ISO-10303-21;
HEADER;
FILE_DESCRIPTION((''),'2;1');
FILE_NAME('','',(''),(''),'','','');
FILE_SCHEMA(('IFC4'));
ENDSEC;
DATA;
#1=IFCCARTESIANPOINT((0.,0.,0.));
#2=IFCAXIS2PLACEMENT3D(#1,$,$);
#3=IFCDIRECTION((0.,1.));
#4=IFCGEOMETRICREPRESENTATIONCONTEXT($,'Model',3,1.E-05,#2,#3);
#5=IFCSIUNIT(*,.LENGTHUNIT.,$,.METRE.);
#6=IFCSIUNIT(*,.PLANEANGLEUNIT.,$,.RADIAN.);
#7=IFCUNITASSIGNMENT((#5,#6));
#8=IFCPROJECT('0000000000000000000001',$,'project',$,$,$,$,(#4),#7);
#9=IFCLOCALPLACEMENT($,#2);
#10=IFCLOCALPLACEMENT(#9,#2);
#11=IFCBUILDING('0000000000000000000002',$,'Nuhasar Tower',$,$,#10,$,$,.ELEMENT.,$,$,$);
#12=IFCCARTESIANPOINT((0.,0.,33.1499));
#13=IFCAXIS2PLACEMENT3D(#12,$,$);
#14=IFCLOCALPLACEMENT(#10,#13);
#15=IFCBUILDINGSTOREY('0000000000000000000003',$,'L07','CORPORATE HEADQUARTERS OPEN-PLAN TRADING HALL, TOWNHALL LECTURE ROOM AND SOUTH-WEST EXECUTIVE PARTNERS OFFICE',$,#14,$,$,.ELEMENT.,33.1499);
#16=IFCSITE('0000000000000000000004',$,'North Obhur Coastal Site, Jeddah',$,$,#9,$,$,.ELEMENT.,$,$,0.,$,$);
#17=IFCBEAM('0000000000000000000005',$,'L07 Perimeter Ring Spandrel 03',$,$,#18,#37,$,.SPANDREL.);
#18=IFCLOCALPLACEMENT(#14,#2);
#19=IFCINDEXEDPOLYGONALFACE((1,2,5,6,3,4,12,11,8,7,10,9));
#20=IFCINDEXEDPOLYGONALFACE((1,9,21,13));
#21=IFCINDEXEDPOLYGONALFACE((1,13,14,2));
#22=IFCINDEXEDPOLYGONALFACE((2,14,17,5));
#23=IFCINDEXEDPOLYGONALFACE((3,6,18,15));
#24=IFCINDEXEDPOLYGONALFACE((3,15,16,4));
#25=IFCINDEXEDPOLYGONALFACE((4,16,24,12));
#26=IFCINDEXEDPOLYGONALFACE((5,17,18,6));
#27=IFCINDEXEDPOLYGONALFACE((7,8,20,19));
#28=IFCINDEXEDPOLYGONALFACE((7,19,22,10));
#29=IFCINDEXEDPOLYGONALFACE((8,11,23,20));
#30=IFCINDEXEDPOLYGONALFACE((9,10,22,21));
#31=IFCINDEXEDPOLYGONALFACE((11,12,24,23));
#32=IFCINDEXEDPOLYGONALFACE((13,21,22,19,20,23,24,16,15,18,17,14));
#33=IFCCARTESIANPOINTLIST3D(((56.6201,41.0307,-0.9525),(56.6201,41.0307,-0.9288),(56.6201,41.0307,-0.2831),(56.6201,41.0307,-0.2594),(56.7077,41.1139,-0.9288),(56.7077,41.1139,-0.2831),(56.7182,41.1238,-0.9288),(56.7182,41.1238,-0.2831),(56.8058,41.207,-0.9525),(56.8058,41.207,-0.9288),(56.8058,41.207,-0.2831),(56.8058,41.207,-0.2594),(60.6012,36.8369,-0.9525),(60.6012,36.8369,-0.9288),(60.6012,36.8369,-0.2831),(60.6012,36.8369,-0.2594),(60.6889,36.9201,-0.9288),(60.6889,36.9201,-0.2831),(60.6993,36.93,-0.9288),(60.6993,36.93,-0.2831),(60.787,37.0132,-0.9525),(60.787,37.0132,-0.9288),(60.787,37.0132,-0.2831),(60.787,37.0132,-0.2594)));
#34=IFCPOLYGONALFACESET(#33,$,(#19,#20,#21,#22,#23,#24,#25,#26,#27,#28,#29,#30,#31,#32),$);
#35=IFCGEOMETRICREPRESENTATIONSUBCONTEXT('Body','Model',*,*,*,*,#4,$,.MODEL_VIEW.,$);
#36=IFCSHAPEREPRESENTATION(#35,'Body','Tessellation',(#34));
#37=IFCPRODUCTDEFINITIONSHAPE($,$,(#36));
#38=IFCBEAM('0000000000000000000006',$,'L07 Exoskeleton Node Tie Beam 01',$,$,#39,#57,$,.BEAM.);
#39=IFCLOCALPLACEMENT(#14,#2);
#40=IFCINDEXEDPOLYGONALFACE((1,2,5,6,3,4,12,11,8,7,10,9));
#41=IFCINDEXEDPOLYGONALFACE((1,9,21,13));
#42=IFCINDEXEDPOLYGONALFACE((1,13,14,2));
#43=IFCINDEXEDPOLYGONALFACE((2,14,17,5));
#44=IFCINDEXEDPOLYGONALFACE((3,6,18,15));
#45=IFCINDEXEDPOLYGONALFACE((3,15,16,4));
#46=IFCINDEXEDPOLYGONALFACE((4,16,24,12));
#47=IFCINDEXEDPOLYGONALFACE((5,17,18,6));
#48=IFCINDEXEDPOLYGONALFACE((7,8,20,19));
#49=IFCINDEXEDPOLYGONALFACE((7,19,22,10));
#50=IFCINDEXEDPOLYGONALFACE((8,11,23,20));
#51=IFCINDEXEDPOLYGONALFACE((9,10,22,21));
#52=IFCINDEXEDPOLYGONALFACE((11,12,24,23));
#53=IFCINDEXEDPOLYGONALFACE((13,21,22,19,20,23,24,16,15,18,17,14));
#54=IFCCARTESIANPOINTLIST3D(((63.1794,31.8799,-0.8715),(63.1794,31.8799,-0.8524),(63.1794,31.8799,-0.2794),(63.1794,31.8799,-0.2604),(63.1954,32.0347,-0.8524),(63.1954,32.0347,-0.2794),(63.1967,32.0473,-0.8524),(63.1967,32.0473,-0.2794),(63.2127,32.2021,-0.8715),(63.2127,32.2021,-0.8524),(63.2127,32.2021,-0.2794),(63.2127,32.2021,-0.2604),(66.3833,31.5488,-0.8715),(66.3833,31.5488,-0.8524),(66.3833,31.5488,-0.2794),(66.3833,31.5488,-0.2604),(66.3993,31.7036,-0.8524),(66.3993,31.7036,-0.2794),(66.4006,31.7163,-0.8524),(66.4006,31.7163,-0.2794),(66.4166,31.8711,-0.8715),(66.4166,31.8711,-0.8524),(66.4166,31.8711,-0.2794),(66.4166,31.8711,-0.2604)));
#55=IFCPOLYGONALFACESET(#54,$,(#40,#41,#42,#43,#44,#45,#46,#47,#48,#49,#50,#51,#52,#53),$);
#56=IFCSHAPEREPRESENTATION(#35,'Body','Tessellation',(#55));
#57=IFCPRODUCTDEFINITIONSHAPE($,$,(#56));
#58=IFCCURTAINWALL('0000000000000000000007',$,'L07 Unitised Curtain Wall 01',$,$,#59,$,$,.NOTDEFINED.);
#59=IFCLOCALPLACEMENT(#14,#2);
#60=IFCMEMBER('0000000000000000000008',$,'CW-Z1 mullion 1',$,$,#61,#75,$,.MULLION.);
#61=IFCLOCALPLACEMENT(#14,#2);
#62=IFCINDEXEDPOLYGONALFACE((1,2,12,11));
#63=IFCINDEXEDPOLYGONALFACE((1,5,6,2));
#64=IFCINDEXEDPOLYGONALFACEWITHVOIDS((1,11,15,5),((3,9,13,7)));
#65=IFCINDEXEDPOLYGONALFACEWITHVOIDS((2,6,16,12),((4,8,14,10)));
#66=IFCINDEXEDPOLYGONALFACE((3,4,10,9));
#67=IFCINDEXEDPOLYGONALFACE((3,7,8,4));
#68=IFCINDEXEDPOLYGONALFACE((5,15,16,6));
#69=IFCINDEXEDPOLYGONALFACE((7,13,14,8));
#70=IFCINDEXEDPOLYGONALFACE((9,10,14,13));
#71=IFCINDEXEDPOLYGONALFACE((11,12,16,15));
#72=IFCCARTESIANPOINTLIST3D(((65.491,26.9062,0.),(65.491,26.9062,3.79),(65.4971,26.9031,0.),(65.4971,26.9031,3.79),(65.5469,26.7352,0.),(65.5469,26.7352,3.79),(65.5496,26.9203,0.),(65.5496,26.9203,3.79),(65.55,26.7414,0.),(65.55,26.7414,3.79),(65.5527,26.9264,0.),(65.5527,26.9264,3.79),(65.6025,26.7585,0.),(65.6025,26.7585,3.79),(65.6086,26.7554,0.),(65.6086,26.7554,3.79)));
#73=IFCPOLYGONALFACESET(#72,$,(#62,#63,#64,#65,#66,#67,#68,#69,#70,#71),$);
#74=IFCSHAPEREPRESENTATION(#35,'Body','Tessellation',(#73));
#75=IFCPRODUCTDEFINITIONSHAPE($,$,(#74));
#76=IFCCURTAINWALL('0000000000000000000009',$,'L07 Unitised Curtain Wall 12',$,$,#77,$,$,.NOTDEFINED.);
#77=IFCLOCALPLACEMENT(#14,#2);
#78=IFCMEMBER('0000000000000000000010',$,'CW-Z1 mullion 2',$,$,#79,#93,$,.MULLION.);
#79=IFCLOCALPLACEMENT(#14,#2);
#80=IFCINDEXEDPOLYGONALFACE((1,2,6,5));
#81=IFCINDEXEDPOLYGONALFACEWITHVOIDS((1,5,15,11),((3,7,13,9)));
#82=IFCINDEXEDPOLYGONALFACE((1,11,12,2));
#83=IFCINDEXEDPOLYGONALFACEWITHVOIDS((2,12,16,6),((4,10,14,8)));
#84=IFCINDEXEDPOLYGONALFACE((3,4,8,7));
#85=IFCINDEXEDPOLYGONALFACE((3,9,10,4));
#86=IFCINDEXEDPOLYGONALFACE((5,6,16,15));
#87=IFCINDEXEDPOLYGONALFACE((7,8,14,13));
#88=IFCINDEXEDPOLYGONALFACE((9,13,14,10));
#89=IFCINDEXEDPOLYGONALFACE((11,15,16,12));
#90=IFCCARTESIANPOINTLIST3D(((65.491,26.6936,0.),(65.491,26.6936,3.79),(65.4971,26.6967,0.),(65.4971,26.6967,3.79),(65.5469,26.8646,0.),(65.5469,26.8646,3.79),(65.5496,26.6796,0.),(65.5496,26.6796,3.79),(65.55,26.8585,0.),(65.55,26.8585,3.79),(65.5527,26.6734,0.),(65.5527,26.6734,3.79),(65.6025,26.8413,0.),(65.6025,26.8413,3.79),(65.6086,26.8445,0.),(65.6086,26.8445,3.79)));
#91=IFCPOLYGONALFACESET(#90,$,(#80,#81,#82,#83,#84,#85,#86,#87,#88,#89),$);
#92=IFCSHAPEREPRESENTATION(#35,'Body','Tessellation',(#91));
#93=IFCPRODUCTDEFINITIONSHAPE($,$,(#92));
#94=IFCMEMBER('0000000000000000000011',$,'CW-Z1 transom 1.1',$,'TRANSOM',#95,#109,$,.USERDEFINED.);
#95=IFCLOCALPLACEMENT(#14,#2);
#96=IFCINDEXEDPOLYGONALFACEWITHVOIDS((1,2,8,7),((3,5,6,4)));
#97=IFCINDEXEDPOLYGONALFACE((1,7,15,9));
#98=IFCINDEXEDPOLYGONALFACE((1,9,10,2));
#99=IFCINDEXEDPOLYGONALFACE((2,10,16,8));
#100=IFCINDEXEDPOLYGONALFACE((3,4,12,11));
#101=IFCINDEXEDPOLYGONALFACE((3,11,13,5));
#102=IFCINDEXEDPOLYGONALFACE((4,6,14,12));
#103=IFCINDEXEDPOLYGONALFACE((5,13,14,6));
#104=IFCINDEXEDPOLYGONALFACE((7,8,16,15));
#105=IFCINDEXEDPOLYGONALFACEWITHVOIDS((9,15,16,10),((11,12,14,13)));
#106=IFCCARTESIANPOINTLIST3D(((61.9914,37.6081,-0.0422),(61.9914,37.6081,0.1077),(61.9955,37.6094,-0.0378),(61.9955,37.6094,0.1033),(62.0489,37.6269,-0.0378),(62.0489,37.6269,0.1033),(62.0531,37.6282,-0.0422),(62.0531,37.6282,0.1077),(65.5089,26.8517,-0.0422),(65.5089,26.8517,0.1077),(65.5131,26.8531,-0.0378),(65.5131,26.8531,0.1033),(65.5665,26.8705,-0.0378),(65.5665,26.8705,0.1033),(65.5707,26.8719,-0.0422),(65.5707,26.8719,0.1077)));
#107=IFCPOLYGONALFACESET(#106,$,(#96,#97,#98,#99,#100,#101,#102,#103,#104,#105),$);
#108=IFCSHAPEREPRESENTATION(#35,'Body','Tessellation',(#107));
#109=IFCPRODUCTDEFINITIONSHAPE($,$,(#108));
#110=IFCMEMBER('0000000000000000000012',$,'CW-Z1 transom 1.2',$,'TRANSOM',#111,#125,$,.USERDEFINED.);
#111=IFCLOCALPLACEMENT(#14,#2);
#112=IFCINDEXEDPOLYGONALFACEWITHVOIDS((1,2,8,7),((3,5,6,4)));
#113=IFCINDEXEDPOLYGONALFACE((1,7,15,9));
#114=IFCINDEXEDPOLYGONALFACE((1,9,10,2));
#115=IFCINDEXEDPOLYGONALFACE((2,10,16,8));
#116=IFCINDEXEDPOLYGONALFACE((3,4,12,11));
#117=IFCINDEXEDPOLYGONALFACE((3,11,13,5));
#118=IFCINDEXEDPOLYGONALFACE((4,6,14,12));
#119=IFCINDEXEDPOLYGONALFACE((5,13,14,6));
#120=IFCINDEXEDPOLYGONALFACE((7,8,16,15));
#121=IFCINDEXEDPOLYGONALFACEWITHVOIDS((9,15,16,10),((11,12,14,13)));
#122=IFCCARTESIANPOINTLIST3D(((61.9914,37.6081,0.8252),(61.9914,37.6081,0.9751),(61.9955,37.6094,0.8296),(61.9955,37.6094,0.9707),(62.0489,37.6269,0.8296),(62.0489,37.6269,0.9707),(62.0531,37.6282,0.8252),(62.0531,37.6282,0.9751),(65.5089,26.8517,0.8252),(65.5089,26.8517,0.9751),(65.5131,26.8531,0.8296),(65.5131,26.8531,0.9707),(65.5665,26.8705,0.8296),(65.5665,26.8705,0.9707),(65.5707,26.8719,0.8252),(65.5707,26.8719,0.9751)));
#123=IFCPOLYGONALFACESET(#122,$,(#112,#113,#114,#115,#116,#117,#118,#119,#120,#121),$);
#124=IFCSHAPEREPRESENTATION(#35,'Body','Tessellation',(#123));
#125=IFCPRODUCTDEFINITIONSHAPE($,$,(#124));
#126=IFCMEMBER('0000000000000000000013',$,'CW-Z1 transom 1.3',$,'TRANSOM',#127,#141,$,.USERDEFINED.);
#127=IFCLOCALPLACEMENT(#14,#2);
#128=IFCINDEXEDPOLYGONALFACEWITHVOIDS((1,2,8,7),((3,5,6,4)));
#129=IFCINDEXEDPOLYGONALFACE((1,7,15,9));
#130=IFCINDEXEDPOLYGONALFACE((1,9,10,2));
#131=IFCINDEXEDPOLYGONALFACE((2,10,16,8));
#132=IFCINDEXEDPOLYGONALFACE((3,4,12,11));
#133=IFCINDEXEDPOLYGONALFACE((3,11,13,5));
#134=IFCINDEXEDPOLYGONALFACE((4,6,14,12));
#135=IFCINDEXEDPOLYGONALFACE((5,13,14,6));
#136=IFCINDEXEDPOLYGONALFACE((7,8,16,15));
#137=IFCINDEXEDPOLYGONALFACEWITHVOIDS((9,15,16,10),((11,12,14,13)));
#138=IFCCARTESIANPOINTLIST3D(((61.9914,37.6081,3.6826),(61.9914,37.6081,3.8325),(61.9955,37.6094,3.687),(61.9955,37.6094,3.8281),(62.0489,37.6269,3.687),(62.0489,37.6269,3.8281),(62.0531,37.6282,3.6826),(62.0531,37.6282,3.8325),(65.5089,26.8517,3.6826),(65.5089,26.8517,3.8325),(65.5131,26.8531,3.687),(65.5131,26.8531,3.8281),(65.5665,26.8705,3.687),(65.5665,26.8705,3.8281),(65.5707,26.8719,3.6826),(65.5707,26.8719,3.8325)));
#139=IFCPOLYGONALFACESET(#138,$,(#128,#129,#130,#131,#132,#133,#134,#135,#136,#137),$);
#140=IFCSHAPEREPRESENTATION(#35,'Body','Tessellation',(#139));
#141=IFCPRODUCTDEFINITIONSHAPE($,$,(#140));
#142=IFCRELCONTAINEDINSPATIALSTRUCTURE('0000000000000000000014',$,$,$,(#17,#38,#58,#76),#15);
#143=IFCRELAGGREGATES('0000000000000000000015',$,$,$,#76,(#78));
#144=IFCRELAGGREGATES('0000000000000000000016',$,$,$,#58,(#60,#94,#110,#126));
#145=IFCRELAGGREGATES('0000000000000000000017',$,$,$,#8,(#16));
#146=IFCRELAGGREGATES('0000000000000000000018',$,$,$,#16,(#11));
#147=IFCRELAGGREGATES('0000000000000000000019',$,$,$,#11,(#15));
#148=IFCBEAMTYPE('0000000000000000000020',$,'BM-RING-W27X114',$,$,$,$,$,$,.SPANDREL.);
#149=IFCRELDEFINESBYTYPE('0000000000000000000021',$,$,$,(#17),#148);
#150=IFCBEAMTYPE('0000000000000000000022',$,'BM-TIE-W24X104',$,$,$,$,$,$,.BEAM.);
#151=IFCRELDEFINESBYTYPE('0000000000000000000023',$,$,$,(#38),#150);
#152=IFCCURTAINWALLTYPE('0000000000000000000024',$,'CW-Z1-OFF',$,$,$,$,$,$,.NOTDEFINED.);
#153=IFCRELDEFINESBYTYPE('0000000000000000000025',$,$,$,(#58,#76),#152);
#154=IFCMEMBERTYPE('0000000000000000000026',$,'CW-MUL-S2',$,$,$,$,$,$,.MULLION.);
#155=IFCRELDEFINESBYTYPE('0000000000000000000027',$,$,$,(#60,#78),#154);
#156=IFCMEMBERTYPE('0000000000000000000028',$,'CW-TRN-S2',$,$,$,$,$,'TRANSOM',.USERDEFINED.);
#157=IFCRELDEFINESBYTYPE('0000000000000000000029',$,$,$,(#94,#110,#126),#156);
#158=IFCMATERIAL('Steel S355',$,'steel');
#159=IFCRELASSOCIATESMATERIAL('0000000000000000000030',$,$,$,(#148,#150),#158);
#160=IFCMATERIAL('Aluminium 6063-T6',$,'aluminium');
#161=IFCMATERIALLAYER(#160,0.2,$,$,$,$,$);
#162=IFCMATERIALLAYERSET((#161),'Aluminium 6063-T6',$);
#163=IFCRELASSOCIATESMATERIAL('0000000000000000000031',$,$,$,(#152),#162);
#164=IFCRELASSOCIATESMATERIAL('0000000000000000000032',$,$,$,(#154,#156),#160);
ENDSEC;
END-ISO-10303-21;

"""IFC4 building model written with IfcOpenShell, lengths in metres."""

from ifc_helpers import new_model, si_unit, direction, frame, origin, origin_2d, place, context, subcontext, project, spatial, hollow_rectangle, i_section, extrude, material, layer, layer_set, material_profile, profile_set, type_object, element, aggregate, save


model = new_model("IFC4")

# Units and contexts
model_context = context("Model", 3, precision=1e-05, world=origin(), true_north=direction((0.0, 1.0)))
body_context = subcontext(model_context, "Body", "Model", "MODEL_VIEW")
ifc_project = project(units=[si_unit("LENGTHUNIT", "METRE"), si_unit("PLANEANGLEUNIT", "RADIAN")], contexts=[model_context])

# Site, building, storey
site_placement = place(None, origin())
site = spatial("IfcSite", under=ifc_project, at=site_placement, Name="North Obhur Coastal Site, Jeddah", CompositionType="ELEMENT", RefElevation=0.0)
building_placement = place(site_placement, origin())
building = spatial("IfcBuilding", under=site, at=building_placement, Name="Nuhasar Tower", CompositionType="ELEMENT")
storey_placement = place(building_placement, frame((0.0, 0.0, 33.1499)))
storey = spatial("IfcBuildingStorey", under=building, at=storey_placement, Name="L07", Description="CORPORATE HEADQUARTERS OPEN-PLAN TRADING HALL, TOWNHALL LECTURE ROOM AND SOUTH-WEST EXECUTIVE PARTNERS OFFICE", CompositionType="ELEMENT", Elevation=33.1499)

# Beams
ifc_material_1 = material(Name="Steel S355", Category="steel")
ifc_material_profile_1 = material_profile(ifc_material_1, i_section(OverallWidth=0.2561, OverallDepth=0.6931, WebThickness=0.0144, FlangeThickness=0.0237, at=origin_2d()), Name="W27X114")
ifc_profile_set_1 = profile_set([ifc_material_profile_1], Name="Steel S355")
beam_type_1 = type_object("IfcBeamType", Name="BM-RING-W27X114", PredefinedType="SPANDREL", material=ifc_profile_set_1)
beam_1_placement = place(storey_placement, frame((60.6941, 36.925, -0.606), z_axis=(-0.688481, 0.725254, 0.0), x_axis=(-0.725254, -0.688481, 0.0)))
element("IfcBeam", 1, at=beam_1_placement, inside=storey, type_object=beam_type_1, Name="L07 Perimeter Ring Spandrel 03", PredefinedType="SPANDREL", context=body_context, shape_type="SweptSolid", body=[
    extrude(i_section(OverallWidth=0.2561, OverallDepth=0.6931, WebThickness=0.0144, FlangeThickness=0.0237, at=origin_2d()), origin(), (0.0, 0.0, 1.0), 5.7825),
])
ifc_material_profile_2 = material_profile(ifc_material_1, i_section(OverallWidth=0.324, OverallDepth=0.6111, WebThickness=0.0127, FlangeThickness=0.019, at=origin_2d()), Name="W24X104")
ifc_profile_set_2 = profile_set([ifc_material_profile_2], Name="Steel S355")
beam_type_2 = type_object("IfcBeamType", Name="BM-TIE-W24X104", PredefinedType="BEAM", material=ifc_profile_set_2)
beam_2_placement = place(storey_placement, frame((63.196, 32.041, -0.5659), z_axis=(0.994704, -0.102783, 0.0), x_axis=(0.102783, 0.994704, 0.0)))
element("IfcBeam", 2, at=beam_2_placement, inside=storey, type_object=beam_type_2, Name="L07 Exoskeleton Node Tie Beam 01", PredefinedType="BEAM", context=body_context, shape_type="SweptSolid", body=[
    extrude(i_section(OverallWidth=0.324, OverallDepth=0.6111, WebThickness=0.0127, FlangeThickness=0.019, at=origin_2d()), origin(), (0.0, 0.0, 1.0), 3.2209),
])

# Curtain walls, members
ifc_material_2 = material(Name="Aluminium 6063-T6", Category="aluminium")
ifc_layer_1 = layer(ifc_material_2, 0.2)
ifc_layer_set_1 = layer_set([ifc_layer_1], Name="Aluminium 6063-T6")
curtain_wall_type = type_object("IfcCurtainWallType", Name="CW-Z1-OFF", PredefinedType="NOTDEFINED", material=ifc_layer_set_1)
curtain_wall_1_placement = place(storey_placement, origin())
curtain_wall_1 = element("IfcCurtainWall", 3, at=curtain_wall_1_placement, inside=storey, type_object=curtain_wall_type, Name="L07 Unitised Curtain Wall 01", PredefinedType="NOTDEFINED")
ifc_material_profile_3 = material_profile(ifc_material_2, hollow_rectangle(XDim=0.0649, YDim=0.1799, WallThickness=0.0049, at=origin_2d()), Name="CWM-2")
ifc_profile_set_3 = profile_set([ifc_material_profile_3], Name="Aluminium 6063-T6")
member_type_1 = type_object("IfcMemberType", Name="CW-MUL-S2", PredefinedType="MULLION", material=ifc_profile_set_3)
member_1_placement = place(storey_placement, frame((65.5498, 26.8308, 0.0), z_axis=(0.0, 0.0, 1.0), x_axis=(-0.950468, -0.310824, 0.0)))
member_1 = element("IfcMember", 4, at=member_1_placement, type_object=member_type_1, Name="CW-Z1 mullion 1", PredefinedType="MULLION", context=body_context, shape_type="SweptSolid", body=[
    extrude(hollow_rectangle(XDim=0.0649, YDim=0.1799, WallThickness=0.0049, at=origin_2d()), origin(), (0.0, 0.0, 1.0), 3.79),
])
curtain_wall_2_placement = place(storey_placement, origin())
curtain_wall_2 = element("IfcCurtainWall", 5, at=curtain_wall_2_placement, inside=storey, type_object=curtain_wall_type, Name="L07 Unitised Curtain Wall 12", PredefinedType="NOTDEFINED")
member_2_placement = place(storey_placement, frame((65.5498, 26.769, 0.0), z_axis=(0.0, 0.0, 1.0), x_axis=(-0.950468, 0.310824, 0.0)))
member_2 = element("IfcMember", 6, at=member_2_placement, type_object=member_type_1, Name="CW-Z1 mullion 2", PredefinedType="MULLION", context=body_context, shape_type="SweptSolid", body=[
    extrude(hollow_rectangle(XDim=0.0649, YDim=0.1799, WallThickness=0.0049, at=origin_2d()), origin(), (0.0, 0.0, 1.0), 3.79),
])
aggregate(curtain_wall_2, [member_2])

# Members
ifc_material_profile_4 = material_profile(ifc_material_2, hollow_rectangle(XDim=0.0649, YDim=0.1499, WallThickness=0.0044, at=origin_2d()), Name="CWT-2")
ifc_profile_set_4 = profile_set([ifc_material_profile_4], Name="Aluminium 6063-T6")
member_type_2 = type_object("IfcMemberType", Name="CW-TRN-S2", ElementType="TRANSOM", PredefinedType="USERDEFINED", material=ifc_profile_set_4)
member_3_placement = place(storey_placement, frame((65.5398, 26.8618, 0.0327), z_axis=(-0.310825, 0.950467, 0.0), x_axis=(-0.950467, -0.310825, 0.0)))
member_3 = element("IfcMember", 7, at=member_3_placement, type_object=member_type_2, Name="CW-Z1 transom 1.1", ObjectType="TRANSOM", PredefinedType="USERDEFINED", context=body_context, shape_type="SweptSolid", body=[
    extrude(hollow_rectangle(XDim=0.0649, YDim=0.1499, WallThickness=0.0044, at=origin_2d()), origin(), (0.0, 0.0, 1.0), 11.3169),
])
member_4_placement = place(storey_placement, frame((65.5398, 26.8618, 0.9001), z_axis=(-0.310825, 0.950467, 0.0), x_axis=(-0.950467, -0.310825, 0.0)))
member_4 = element("IfcMember", 8, at=member_4_placement, type_object=member_type_2, Name="CW-Z1 transom 1.2", ObjectType="TRANSOM", PredefinedType="USERDEFINED", context=body_context, shape_type="SweptSolid", body=[
    extrude(hollow_rectangle(XDim=0.0649, YDim=0.1499, WallThickness=0.0044, at=origin_2d()), origin(), (0.0, 0.0, 1.0), 11.3169),
])
member_5_placement = place(storey_placement, frame((65.5398, 26.8618, 3.7576), z_axis=(-0.310825, 0.950467, 0.0), x_axis=(-0.950467, -0.310825, 0.0)))
member_5 = element("IfcMember", 9, at=member_5_placement, type_object=member_type_2, Name="CW-Z1 transom 1.3", ObjectType="TRANSOM", PredefinedType="USERDEFINED", context=body_context, shape_type="SweptSolid", body=[
    extrude(hollow_rectangle(XDim=0.0649, YDim=0.1499, WallThickness=0.0044, at=origin_2d()), origin(), (0.0, 0.0, 1.0), 11.3169),
])

aggregate(curtain_wall_1, [member_1, member_3, member_4, member_5])

save(model, "model.ifc")
